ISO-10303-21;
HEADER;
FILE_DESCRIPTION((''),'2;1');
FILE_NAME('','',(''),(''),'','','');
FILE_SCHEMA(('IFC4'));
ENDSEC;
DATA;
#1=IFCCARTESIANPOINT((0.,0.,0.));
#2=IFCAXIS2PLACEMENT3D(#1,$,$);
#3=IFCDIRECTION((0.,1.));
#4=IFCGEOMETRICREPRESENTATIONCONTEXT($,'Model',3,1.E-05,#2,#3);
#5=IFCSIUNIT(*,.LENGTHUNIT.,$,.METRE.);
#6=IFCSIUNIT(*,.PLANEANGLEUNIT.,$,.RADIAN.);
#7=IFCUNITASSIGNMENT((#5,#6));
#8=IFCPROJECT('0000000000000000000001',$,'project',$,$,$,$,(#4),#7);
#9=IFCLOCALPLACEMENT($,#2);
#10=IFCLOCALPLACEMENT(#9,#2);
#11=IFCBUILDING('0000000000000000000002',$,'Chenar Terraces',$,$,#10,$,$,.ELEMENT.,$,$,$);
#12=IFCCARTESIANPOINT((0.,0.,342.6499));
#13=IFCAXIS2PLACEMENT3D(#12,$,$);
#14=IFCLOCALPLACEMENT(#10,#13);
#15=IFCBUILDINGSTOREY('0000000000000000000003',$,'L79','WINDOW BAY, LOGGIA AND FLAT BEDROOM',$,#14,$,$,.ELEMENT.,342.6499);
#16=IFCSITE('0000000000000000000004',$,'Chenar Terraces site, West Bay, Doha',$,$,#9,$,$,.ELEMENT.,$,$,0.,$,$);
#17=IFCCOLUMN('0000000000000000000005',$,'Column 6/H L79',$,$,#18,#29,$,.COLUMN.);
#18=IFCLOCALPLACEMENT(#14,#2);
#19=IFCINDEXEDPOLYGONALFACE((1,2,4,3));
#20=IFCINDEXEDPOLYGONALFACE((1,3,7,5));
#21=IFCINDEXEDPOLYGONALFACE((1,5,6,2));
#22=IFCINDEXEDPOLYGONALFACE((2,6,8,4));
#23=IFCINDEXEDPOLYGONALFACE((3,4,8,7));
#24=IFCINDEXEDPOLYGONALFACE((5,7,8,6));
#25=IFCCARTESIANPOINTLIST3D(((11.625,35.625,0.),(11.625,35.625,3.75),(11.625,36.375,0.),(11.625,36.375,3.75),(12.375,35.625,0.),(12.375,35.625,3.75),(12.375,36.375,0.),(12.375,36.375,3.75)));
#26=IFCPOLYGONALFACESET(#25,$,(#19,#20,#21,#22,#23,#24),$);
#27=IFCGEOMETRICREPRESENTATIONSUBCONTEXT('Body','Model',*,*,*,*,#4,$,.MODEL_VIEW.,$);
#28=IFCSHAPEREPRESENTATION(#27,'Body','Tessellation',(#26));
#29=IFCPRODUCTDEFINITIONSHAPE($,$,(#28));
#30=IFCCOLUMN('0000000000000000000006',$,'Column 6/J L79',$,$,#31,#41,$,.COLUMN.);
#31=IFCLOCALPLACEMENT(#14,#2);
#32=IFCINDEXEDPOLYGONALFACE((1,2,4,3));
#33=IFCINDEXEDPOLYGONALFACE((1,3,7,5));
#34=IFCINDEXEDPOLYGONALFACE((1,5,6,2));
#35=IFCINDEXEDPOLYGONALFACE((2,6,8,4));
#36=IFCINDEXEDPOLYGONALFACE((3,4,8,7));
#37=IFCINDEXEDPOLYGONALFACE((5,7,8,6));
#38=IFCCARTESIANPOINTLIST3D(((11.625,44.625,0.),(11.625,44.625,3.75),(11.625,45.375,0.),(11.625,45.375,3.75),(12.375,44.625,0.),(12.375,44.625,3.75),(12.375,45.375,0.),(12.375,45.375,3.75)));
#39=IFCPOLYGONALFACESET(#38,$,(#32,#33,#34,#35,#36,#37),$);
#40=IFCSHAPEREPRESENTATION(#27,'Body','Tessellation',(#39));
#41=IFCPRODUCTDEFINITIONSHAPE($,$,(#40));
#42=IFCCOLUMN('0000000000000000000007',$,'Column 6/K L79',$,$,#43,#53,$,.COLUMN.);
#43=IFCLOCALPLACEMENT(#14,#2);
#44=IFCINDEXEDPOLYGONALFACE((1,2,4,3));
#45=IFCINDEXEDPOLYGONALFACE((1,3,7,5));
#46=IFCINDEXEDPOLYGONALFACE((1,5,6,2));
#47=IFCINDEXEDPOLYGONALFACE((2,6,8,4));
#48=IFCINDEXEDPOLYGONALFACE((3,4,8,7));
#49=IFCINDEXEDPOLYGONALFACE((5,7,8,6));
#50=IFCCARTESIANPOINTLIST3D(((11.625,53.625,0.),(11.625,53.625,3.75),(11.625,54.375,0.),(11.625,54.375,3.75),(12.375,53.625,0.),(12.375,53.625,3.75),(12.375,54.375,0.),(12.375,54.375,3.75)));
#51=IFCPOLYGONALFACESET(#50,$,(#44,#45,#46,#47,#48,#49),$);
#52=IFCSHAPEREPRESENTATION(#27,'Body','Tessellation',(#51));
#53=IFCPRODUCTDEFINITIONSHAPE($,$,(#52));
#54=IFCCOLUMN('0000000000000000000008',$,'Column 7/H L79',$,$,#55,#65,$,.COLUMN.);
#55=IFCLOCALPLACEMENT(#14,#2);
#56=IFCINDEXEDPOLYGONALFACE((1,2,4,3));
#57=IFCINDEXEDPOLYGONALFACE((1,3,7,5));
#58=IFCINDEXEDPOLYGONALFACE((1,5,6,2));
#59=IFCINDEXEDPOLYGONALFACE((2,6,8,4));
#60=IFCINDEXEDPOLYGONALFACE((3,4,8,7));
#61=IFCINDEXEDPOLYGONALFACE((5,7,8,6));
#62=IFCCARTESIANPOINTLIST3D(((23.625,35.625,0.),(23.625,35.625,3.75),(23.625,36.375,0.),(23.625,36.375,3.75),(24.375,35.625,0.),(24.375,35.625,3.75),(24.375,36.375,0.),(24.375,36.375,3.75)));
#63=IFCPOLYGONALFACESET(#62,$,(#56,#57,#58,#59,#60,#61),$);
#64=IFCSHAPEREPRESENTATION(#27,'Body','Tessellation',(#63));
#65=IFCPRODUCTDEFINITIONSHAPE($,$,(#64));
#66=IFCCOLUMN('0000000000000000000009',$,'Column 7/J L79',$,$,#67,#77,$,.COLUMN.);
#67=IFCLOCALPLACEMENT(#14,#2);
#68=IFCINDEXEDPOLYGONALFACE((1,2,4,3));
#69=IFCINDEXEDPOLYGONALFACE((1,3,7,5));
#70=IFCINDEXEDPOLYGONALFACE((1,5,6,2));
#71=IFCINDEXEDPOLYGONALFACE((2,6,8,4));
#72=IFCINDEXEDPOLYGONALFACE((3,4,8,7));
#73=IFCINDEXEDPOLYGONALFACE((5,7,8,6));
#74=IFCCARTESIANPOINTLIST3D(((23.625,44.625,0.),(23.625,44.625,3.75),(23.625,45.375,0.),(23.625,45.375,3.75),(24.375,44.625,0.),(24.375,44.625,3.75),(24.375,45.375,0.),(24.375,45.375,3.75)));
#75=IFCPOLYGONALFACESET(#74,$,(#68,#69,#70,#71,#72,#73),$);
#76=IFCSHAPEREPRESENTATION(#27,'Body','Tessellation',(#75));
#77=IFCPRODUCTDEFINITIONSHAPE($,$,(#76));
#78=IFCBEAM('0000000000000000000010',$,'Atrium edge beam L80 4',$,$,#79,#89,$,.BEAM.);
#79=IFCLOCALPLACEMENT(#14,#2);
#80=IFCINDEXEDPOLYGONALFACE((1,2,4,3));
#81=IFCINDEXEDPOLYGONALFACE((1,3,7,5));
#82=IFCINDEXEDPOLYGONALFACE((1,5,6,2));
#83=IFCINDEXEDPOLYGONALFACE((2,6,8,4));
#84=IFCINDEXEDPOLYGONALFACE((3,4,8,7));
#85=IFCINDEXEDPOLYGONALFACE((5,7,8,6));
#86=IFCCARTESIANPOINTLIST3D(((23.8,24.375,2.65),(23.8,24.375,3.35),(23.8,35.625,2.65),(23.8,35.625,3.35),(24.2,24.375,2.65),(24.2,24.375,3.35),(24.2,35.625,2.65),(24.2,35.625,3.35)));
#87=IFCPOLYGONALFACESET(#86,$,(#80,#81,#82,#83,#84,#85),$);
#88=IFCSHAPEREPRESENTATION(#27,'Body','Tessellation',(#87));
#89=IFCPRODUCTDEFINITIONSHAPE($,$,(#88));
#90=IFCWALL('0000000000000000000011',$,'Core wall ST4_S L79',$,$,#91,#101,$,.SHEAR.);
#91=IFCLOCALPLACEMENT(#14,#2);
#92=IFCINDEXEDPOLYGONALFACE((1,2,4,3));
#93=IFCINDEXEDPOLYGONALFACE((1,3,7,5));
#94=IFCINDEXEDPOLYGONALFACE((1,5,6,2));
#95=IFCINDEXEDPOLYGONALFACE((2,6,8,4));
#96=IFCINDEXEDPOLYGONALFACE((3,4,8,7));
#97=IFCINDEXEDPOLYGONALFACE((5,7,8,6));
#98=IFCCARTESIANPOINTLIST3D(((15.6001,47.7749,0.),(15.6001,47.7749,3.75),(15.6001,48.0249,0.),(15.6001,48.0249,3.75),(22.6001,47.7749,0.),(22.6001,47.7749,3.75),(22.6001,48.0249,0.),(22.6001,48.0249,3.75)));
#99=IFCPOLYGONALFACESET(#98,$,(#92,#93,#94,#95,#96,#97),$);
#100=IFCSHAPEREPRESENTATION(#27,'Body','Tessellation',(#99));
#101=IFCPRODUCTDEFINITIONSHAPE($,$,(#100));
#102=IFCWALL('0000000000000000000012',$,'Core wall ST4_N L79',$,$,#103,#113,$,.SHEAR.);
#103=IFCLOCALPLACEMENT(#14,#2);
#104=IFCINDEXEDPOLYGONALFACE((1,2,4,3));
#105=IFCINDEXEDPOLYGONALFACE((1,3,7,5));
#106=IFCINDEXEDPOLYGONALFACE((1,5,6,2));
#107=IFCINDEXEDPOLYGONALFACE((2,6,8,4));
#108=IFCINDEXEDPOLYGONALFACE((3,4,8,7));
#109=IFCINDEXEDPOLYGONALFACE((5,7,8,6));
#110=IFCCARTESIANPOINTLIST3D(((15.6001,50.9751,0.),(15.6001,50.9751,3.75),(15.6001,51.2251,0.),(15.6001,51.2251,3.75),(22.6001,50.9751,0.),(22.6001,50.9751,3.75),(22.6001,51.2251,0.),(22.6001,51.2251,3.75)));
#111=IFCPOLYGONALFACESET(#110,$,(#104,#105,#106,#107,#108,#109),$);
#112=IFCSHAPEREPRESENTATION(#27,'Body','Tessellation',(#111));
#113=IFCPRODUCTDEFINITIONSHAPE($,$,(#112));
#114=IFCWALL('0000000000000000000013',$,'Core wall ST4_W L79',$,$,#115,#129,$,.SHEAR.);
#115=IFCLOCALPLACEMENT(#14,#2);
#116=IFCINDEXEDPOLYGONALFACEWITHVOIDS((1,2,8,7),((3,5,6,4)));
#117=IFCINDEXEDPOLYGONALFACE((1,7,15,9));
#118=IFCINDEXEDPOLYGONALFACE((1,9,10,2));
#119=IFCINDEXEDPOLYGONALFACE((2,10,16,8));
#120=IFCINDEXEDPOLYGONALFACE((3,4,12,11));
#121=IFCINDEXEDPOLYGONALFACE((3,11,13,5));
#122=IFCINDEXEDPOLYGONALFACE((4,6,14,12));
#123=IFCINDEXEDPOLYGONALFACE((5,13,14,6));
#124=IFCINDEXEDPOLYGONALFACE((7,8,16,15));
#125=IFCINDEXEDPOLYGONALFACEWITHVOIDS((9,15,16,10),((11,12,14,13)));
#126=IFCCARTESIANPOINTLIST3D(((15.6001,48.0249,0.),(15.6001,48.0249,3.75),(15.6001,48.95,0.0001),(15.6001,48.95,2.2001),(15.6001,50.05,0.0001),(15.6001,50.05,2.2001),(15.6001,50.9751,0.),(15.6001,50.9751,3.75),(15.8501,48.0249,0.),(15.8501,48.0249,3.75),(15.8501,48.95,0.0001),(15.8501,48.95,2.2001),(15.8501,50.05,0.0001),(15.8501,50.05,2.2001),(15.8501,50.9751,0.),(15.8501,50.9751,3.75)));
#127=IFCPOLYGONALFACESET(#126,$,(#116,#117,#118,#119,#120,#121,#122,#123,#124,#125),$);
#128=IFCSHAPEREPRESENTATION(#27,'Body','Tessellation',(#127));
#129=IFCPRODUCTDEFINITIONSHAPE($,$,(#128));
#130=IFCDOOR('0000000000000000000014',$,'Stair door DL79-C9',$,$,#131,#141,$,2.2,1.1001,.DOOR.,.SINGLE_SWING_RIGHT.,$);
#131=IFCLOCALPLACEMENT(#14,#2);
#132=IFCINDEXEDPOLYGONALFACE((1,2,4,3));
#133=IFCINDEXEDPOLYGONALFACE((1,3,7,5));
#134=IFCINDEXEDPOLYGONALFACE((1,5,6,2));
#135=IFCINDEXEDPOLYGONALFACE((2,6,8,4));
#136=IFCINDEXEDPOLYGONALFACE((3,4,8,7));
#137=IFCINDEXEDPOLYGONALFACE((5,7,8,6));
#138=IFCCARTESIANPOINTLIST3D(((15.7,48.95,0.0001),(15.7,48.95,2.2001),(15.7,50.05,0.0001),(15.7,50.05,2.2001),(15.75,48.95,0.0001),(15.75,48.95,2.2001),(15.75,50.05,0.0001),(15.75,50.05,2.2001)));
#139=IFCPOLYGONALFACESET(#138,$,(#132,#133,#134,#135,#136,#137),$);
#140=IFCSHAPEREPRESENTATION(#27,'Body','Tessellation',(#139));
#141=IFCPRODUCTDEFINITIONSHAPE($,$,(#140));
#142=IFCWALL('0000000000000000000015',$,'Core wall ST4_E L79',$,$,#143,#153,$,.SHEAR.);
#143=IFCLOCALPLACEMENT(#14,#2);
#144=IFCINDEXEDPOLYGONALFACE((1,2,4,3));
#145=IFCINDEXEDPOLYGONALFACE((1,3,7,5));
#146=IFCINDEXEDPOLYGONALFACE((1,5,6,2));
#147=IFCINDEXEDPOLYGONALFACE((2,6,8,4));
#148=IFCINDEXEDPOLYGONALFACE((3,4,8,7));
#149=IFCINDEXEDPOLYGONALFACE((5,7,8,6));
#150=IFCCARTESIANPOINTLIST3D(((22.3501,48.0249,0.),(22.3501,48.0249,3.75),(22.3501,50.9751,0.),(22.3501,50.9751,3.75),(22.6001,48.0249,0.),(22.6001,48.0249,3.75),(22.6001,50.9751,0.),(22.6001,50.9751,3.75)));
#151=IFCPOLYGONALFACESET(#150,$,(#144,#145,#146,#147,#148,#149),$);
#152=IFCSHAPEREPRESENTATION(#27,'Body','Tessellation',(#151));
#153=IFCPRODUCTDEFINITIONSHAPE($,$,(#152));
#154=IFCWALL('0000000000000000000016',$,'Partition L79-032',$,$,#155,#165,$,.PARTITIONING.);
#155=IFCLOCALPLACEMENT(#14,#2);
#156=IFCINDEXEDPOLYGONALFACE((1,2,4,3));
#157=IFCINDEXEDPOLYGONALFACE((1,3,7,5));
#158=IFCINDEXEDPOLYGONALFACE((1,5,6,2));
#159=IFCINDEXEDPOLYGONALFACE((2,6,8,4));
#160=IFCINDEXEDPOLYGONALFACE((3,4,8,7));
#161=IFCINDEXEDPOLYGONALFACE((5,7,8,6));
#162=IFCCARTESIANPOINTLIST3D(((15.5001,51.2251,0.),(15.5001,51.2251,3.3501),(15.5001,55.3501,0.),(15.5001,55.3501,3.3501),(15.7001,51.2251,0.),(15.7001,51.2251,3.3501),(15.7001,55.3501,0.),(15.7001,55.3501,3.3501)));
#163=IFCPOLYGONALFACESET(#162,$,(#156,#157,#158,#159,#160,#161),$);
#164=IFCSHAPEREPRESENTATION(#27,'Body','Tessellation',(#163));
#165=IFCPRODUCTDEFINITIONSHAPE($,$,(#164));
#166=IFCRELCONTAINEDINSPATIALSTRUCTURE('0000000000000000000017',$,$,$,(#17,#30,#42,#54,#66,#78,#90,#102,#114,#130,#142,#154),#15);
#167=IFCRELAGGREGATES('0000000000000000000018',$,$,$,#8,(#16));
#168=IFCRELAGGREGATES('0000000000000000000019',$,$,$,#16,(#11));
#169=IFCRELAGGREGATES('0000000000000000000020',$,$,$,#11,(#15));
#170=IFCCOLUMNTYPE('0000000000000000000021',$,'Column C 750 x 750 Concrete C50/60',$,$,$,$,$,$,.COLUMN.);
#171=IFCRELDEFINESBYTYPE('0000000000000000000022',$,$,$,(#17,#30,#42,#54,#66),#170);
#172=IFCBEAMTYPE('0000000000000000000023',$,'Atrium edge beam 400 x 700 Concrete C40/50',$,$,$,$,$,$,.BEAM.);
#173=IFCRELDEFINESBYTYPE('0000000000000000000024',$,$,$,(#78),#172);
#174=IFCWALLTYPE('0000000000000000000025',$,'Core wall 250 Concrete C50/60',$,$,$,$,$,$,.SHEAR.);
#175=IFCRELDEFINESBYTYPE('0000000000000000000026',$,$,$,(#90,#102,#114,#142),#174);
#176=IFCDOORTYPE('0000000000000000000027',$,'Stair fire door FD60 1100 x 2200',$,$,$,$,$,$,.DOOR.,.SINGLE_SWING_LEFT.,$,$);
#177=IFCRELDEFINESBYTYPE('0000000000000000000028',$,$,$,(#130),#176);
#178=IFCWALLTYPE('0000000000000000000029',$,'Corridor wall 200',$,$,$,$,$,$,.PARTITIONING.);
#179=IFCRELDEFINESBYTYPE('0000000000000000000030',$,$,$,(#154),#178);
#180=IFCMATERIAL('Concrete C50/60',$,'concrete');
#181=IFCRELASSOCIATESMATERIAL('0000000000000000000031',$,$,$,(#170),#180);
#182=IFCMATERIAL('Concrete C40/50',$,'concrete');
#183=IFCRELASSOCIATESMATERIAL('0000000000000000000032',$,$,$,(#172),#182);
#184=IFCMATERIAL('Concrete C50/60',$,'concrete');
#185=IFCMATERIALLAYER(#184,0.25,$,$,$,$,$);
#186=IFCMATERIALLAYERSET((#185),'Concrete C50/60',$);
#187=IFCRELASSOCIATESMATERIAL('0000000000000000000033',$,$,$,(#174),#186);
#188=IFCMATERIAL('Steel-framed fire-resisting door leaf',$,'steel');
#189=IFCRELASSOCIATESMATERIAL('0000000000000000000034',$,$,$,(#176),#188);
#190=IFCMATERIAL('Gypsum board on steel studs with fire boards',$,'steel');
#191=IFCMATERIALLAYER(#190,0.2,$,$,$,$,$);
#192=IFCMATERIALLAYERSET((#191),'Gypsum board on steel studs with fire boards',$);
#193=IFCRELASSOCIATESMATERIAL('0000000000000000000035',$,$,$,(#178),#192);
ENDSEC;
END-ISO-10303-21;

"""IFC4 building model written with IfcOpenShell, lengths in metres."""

from ifc_helpers import new_model, si_unit, direction, frame, frame_2d, origin, origin_2d, place, context, subcontext, project, spatial, rectangle, extrude, material, layer, layer_set, material_profile, profile_set, type_object, element, fill, save


model = new_model("IFC4")

# Units and contexts
model_context = context("Model", 3, precision=1e-05, world=origin(), true_north=direction((0.0, 1.0)))
body_context = subcontext(model_context, "Body", "Model", "MODEL_VIEW")
ifc_project = project(units=[si_unit("LENGTHUNIT", "METRE"), si_unit("PLANEANGLEUNIT", "RADIAN")], contexts=[model_context])

# Site, building, storey
site_placement = place(None, origin())
site = spatial("IfcSite", under=ifc_project, at=site_placement, Name="Chenar Terraces site, West Bay, Doha", CompositionType="ELEMENT", RefElevation=0.0)
building_placement = place(site_placement, origin())
building = spatial("IfcBuilding", under=site, at=building_placement, Name="Chenar Terraces", CompositionType="ELEMENT")
storey_placement = place(building_placement, frame((0.0, 0.0, 342.6499)))
storey = spatial("IfcBuildingStorey", under=building, at=storey_placement, Name="L79", Description="WINDOW BAY, LOGGIA AND FLAT BEDROOM", CompositionType="ELEMENT", Elevation=342.6499)

# Columns
ifc_material_1 = material(Name="Concrete C50/60", Category="concrete")
ifc_material_profile_1 = material_profile(ifc_material_1, rectangle(XDim=0.75, YDim=0.75, at=origin_2d()), Name="C 750 x 750")
ifc_profile_set_1 = profile_set([ifc_material_profile_1], Name="Concrete C50/60")
column_type = type_object("IfcColumnType", Name="Column C 750 x 750 Concrete C50/60", PredefinedType="COLUMN", material=ifc_profile_set_1)
for number, where, z_axis, x_axis, name in (
    (1, (12.0, 36.0, 0.0), (0.0, 0.0, 1.0), (1.0, 0.0, 0.0), "Column 6/H L79"),
    (2, (12.0, 45.0, 0.0), (0.0, 0.0, 1.0), (1.0, 0.0, 0.0), "Column 6/J L79"),
    (3, (12.0, 54.0, 0.0), (0.0, 0.0, 1.0), (1.0, 0.0, 0.0), "Column 6/K L79"),
    (4, (24.0, 36.0, 0.0), (0.0, 0.0, 1.0), (1.0, 0.0, 0.0), "Column 7/H L79"),
    (5, (24.0, 45.0, 0.0), (0.0, 0.0, 1.0), (1.0, 0.0, 0.0), "Column 7/J L79"),
):
    element("IfcColumn", number, at=place(storey_placement, frame(where, z_axis=z_axis, x_axis=x_axis)), inside=storey, type_object=column_type, Name=name, PredefinedType="COLUMN", context=body_context, shape_type="SweptSolid", body=[
        extrude(rectangle(XDim=0.75, YDim=0.75, at=origin_2d()), origin(), (0.0, 0.0, 1.0), 3.75),
    ])

# Beam
ifc_material_2 = material(Name="Concrete C40/50", Category="concrete")
ifc_material_profile_2 = material_profile(ifc_material_2, rectangle(XDim=0.3999, YDim=0.7, at=origin_2d()), Name="RC 400 x 700")
ifc_profile_set_2 = profile_set([ifc_material_profile_2], Name="Concrete C40/50")
beam_type = type_object("IfcBeamType", Name="Atrium edge beam 400 x 700 Concrete C40/50", PredefinedType="BEAM", material=ifc_profile_set_2)
beam_placement = place(storey_placement, frame((24.0, 35.625, 3.0), z_axis=(0.0, -1.0, 0.0), x_axis=(1.0, 0.0, 0.0)))
element("IfcBeam", 6, at=beam_placement, inside=storey, type_object=beam_type, Name="Atrium edge beam L80 4", PredefinedType="BEAM", context=body_context, shape_type="SweptSolid", body=[
    extrude(rectangle(XDim=0.3999, YDim=0.7, at=origin_2d()), origin(), (0.0, 0.0, 1.0), 11.25),
])

# Walls
ifc_material_3 = material(Name="Concrete C50/60", Category="concrete")
ifc_layer_1 = layer(ifc_material_3, 0.25)
ifc_layer_set_1 = layer_set([ifc_layer_1], Name="Concrete C50/60")
wall_type_1 = type_object("IfcWallType", Name="Core wall 250 Concrete C50/60", PredefinedType="SHEAR", material=ifc_layer_set_1)
for number, where, z_axis, x_axis, name in (
    (7, (15.6001, 47.8999, 0.0), (0.0, 0.0, 1.0), (1.0, 0.0, 0.0), "Core wall ST4_S L79"),
    (8, (15.6001, 51.1001, 0.0), (0.0, 0.0, 1.0), (1.0, 0.0, 0.0), "Core wall ST4_N L79"),
):
    element("IfcWall", number, at=place(storey_placement, frame(where, z_axis=z_axis, x_axis=x_axis)), inside=storey, type_object=wall_type_1, Name=name, PredefinedType="SHEAR", context=body_context, shape_type="SweptSolid", body=[
        extrude(rectangle(XDim=7.0, YDim=0.25, at=frame_2d((3.5, 0.0))), origin(), (0.0, 0.0, 1.0), 3.75),
    ])

# Wall, opening, door
wall_1_placement = place(storey_placement, frame((15.7251, 48.0249, 0.0), z_axis=(0.0, 0.0, 1.0), x_axis=(0.0, 1.0, 0.0)))
wall_1 = element("IfcWall", 9, at=wall_1_placement, inside=storey, type_object=wall_type_1, Name="Core wall ST4_W L79", PredefinedType="SHEAR", context=body_context, shape_type="SweptSolid", body=[
    extrude(rectangle(XDim=2.9502, YDim=0.25, at=frame_2d((1.4751, 0.0))), origin(), (0.0, 0.0, 1.0), 3.75),
])
opening_1_placement = place(wall_1_placement, frame((0.925, 0.0, 0.0)))
opening_1 = element("IfcOpeningElement", 10, at=opening_1_placement, cuts=wall_1, PredefinedType="OPENING", context=body_context, shape_type="SweptSolid", body=[
    extrude(rectangle(XDim=1.1001, YDim=2.2, at=frame_2d((0.55, 1.1001))), frame((0.0, 0.135, 0.0), z_axis=(0.0, -1.0, 0.0), x_axis=(1.0, 0.0, 0.0)), (0.0, 0.0, 1.0), 0.27),
])
ifc_material_4 = material(Name="Steel-framed fire-resisting door leaf", Category="steel")
door_type_1 = type_object("IfcDoorType", Name="Stair fire door FD60 1100 x 2200", OperationType="SINGLE_SWING_LEFT", PredefinedType="DOOR", material=ifc_material_4)
door_1_placement = place(opening_1_placement, frame((1.1001, 0.0, 0.0), z_axis=(0.0, 0.0, 1.0), x_axis=(-1.0, 0.0, 0.0)))
door_1 = element("IfcDoor", 11, at=door_1_placement, inside=storey, type_object=door_type_1, Name="Stair door DL79-C9", OperationType="SINGLE_SWING_RIGHT", OverallHeight=2.2, OverallWidth=1.1001, PredefinedType="DOOR", context=body_context, shape_type="SweptSolid", body=[
    extrude(rectangle(XDim=1.1001, YDim=2.2, at=frame_2d((0.55, 1.1001))), frame((0.0, 0.0249, 0.0), z_axis=(0.0, -1.0, 0.0), x_axis=(1.0, 0.0, 0.0)), (0.0, 0.0, 1.0), 0.05),
])
fill(opening_1, door_1)

# Walls
wall_2_placement = place(storey_placement, frame((22.4751, 48.0249, 0.0), z_axis=(0.0, 0.0, 1.0), x_axis=(0.0, 1.0, 0.0)))
element("IfcWall", 12, at=wall_2_placement, inside=storey, type_object=wall_type_1, Name="Core wall ST4_E L79", PredefinedType="SHEAR", context=body_context, shape_type="SweptSolid", body=[
    extrude(rectangle(XDim=2.9502, YDim=0.25, at=frame_2d((1.4751, 0.0))), origin(), (0.0, 0.0, 1.0), 3.75),
])
ifc_material_5 = material(Name="Gypsum board on steel studs with fire boards", Category="steel")
ifc_layer_2 = layer(ifc_material_5, 0.2)
ifc_layer_set_2 = layer_set([ifc_layer_2], Name="Gypsum board on steel studs with fire boards")
wall_type_2 = type_object("IfcWallType", Name="Corridor wall 200", PredefinedType="PARTITIONING", material=ifc_layer_set_2)
wall_3_placement = place(storey_placement, frame((15.6001, 51.2251, 0.0), z_axis=(0.0, 0.0, 1.0), x_axis=(0.0, 1.0, 0.0)))
element("IfcWall", 13, at=wall_3_placement, inside=storey, type_object=wall_type_2, Name="Partition L79-032", PredefinedType="PARTITIONING", context=body_context, shape_type="SweptSolid", body=[
    extrude(rectangle(XDim=4.125, YDim=0.2, at=frame_2d((2.0625, 0.0))), origin(), (0.0, 0.0, 1.0), 3.3501),
])

save(model, "model.ifc")
